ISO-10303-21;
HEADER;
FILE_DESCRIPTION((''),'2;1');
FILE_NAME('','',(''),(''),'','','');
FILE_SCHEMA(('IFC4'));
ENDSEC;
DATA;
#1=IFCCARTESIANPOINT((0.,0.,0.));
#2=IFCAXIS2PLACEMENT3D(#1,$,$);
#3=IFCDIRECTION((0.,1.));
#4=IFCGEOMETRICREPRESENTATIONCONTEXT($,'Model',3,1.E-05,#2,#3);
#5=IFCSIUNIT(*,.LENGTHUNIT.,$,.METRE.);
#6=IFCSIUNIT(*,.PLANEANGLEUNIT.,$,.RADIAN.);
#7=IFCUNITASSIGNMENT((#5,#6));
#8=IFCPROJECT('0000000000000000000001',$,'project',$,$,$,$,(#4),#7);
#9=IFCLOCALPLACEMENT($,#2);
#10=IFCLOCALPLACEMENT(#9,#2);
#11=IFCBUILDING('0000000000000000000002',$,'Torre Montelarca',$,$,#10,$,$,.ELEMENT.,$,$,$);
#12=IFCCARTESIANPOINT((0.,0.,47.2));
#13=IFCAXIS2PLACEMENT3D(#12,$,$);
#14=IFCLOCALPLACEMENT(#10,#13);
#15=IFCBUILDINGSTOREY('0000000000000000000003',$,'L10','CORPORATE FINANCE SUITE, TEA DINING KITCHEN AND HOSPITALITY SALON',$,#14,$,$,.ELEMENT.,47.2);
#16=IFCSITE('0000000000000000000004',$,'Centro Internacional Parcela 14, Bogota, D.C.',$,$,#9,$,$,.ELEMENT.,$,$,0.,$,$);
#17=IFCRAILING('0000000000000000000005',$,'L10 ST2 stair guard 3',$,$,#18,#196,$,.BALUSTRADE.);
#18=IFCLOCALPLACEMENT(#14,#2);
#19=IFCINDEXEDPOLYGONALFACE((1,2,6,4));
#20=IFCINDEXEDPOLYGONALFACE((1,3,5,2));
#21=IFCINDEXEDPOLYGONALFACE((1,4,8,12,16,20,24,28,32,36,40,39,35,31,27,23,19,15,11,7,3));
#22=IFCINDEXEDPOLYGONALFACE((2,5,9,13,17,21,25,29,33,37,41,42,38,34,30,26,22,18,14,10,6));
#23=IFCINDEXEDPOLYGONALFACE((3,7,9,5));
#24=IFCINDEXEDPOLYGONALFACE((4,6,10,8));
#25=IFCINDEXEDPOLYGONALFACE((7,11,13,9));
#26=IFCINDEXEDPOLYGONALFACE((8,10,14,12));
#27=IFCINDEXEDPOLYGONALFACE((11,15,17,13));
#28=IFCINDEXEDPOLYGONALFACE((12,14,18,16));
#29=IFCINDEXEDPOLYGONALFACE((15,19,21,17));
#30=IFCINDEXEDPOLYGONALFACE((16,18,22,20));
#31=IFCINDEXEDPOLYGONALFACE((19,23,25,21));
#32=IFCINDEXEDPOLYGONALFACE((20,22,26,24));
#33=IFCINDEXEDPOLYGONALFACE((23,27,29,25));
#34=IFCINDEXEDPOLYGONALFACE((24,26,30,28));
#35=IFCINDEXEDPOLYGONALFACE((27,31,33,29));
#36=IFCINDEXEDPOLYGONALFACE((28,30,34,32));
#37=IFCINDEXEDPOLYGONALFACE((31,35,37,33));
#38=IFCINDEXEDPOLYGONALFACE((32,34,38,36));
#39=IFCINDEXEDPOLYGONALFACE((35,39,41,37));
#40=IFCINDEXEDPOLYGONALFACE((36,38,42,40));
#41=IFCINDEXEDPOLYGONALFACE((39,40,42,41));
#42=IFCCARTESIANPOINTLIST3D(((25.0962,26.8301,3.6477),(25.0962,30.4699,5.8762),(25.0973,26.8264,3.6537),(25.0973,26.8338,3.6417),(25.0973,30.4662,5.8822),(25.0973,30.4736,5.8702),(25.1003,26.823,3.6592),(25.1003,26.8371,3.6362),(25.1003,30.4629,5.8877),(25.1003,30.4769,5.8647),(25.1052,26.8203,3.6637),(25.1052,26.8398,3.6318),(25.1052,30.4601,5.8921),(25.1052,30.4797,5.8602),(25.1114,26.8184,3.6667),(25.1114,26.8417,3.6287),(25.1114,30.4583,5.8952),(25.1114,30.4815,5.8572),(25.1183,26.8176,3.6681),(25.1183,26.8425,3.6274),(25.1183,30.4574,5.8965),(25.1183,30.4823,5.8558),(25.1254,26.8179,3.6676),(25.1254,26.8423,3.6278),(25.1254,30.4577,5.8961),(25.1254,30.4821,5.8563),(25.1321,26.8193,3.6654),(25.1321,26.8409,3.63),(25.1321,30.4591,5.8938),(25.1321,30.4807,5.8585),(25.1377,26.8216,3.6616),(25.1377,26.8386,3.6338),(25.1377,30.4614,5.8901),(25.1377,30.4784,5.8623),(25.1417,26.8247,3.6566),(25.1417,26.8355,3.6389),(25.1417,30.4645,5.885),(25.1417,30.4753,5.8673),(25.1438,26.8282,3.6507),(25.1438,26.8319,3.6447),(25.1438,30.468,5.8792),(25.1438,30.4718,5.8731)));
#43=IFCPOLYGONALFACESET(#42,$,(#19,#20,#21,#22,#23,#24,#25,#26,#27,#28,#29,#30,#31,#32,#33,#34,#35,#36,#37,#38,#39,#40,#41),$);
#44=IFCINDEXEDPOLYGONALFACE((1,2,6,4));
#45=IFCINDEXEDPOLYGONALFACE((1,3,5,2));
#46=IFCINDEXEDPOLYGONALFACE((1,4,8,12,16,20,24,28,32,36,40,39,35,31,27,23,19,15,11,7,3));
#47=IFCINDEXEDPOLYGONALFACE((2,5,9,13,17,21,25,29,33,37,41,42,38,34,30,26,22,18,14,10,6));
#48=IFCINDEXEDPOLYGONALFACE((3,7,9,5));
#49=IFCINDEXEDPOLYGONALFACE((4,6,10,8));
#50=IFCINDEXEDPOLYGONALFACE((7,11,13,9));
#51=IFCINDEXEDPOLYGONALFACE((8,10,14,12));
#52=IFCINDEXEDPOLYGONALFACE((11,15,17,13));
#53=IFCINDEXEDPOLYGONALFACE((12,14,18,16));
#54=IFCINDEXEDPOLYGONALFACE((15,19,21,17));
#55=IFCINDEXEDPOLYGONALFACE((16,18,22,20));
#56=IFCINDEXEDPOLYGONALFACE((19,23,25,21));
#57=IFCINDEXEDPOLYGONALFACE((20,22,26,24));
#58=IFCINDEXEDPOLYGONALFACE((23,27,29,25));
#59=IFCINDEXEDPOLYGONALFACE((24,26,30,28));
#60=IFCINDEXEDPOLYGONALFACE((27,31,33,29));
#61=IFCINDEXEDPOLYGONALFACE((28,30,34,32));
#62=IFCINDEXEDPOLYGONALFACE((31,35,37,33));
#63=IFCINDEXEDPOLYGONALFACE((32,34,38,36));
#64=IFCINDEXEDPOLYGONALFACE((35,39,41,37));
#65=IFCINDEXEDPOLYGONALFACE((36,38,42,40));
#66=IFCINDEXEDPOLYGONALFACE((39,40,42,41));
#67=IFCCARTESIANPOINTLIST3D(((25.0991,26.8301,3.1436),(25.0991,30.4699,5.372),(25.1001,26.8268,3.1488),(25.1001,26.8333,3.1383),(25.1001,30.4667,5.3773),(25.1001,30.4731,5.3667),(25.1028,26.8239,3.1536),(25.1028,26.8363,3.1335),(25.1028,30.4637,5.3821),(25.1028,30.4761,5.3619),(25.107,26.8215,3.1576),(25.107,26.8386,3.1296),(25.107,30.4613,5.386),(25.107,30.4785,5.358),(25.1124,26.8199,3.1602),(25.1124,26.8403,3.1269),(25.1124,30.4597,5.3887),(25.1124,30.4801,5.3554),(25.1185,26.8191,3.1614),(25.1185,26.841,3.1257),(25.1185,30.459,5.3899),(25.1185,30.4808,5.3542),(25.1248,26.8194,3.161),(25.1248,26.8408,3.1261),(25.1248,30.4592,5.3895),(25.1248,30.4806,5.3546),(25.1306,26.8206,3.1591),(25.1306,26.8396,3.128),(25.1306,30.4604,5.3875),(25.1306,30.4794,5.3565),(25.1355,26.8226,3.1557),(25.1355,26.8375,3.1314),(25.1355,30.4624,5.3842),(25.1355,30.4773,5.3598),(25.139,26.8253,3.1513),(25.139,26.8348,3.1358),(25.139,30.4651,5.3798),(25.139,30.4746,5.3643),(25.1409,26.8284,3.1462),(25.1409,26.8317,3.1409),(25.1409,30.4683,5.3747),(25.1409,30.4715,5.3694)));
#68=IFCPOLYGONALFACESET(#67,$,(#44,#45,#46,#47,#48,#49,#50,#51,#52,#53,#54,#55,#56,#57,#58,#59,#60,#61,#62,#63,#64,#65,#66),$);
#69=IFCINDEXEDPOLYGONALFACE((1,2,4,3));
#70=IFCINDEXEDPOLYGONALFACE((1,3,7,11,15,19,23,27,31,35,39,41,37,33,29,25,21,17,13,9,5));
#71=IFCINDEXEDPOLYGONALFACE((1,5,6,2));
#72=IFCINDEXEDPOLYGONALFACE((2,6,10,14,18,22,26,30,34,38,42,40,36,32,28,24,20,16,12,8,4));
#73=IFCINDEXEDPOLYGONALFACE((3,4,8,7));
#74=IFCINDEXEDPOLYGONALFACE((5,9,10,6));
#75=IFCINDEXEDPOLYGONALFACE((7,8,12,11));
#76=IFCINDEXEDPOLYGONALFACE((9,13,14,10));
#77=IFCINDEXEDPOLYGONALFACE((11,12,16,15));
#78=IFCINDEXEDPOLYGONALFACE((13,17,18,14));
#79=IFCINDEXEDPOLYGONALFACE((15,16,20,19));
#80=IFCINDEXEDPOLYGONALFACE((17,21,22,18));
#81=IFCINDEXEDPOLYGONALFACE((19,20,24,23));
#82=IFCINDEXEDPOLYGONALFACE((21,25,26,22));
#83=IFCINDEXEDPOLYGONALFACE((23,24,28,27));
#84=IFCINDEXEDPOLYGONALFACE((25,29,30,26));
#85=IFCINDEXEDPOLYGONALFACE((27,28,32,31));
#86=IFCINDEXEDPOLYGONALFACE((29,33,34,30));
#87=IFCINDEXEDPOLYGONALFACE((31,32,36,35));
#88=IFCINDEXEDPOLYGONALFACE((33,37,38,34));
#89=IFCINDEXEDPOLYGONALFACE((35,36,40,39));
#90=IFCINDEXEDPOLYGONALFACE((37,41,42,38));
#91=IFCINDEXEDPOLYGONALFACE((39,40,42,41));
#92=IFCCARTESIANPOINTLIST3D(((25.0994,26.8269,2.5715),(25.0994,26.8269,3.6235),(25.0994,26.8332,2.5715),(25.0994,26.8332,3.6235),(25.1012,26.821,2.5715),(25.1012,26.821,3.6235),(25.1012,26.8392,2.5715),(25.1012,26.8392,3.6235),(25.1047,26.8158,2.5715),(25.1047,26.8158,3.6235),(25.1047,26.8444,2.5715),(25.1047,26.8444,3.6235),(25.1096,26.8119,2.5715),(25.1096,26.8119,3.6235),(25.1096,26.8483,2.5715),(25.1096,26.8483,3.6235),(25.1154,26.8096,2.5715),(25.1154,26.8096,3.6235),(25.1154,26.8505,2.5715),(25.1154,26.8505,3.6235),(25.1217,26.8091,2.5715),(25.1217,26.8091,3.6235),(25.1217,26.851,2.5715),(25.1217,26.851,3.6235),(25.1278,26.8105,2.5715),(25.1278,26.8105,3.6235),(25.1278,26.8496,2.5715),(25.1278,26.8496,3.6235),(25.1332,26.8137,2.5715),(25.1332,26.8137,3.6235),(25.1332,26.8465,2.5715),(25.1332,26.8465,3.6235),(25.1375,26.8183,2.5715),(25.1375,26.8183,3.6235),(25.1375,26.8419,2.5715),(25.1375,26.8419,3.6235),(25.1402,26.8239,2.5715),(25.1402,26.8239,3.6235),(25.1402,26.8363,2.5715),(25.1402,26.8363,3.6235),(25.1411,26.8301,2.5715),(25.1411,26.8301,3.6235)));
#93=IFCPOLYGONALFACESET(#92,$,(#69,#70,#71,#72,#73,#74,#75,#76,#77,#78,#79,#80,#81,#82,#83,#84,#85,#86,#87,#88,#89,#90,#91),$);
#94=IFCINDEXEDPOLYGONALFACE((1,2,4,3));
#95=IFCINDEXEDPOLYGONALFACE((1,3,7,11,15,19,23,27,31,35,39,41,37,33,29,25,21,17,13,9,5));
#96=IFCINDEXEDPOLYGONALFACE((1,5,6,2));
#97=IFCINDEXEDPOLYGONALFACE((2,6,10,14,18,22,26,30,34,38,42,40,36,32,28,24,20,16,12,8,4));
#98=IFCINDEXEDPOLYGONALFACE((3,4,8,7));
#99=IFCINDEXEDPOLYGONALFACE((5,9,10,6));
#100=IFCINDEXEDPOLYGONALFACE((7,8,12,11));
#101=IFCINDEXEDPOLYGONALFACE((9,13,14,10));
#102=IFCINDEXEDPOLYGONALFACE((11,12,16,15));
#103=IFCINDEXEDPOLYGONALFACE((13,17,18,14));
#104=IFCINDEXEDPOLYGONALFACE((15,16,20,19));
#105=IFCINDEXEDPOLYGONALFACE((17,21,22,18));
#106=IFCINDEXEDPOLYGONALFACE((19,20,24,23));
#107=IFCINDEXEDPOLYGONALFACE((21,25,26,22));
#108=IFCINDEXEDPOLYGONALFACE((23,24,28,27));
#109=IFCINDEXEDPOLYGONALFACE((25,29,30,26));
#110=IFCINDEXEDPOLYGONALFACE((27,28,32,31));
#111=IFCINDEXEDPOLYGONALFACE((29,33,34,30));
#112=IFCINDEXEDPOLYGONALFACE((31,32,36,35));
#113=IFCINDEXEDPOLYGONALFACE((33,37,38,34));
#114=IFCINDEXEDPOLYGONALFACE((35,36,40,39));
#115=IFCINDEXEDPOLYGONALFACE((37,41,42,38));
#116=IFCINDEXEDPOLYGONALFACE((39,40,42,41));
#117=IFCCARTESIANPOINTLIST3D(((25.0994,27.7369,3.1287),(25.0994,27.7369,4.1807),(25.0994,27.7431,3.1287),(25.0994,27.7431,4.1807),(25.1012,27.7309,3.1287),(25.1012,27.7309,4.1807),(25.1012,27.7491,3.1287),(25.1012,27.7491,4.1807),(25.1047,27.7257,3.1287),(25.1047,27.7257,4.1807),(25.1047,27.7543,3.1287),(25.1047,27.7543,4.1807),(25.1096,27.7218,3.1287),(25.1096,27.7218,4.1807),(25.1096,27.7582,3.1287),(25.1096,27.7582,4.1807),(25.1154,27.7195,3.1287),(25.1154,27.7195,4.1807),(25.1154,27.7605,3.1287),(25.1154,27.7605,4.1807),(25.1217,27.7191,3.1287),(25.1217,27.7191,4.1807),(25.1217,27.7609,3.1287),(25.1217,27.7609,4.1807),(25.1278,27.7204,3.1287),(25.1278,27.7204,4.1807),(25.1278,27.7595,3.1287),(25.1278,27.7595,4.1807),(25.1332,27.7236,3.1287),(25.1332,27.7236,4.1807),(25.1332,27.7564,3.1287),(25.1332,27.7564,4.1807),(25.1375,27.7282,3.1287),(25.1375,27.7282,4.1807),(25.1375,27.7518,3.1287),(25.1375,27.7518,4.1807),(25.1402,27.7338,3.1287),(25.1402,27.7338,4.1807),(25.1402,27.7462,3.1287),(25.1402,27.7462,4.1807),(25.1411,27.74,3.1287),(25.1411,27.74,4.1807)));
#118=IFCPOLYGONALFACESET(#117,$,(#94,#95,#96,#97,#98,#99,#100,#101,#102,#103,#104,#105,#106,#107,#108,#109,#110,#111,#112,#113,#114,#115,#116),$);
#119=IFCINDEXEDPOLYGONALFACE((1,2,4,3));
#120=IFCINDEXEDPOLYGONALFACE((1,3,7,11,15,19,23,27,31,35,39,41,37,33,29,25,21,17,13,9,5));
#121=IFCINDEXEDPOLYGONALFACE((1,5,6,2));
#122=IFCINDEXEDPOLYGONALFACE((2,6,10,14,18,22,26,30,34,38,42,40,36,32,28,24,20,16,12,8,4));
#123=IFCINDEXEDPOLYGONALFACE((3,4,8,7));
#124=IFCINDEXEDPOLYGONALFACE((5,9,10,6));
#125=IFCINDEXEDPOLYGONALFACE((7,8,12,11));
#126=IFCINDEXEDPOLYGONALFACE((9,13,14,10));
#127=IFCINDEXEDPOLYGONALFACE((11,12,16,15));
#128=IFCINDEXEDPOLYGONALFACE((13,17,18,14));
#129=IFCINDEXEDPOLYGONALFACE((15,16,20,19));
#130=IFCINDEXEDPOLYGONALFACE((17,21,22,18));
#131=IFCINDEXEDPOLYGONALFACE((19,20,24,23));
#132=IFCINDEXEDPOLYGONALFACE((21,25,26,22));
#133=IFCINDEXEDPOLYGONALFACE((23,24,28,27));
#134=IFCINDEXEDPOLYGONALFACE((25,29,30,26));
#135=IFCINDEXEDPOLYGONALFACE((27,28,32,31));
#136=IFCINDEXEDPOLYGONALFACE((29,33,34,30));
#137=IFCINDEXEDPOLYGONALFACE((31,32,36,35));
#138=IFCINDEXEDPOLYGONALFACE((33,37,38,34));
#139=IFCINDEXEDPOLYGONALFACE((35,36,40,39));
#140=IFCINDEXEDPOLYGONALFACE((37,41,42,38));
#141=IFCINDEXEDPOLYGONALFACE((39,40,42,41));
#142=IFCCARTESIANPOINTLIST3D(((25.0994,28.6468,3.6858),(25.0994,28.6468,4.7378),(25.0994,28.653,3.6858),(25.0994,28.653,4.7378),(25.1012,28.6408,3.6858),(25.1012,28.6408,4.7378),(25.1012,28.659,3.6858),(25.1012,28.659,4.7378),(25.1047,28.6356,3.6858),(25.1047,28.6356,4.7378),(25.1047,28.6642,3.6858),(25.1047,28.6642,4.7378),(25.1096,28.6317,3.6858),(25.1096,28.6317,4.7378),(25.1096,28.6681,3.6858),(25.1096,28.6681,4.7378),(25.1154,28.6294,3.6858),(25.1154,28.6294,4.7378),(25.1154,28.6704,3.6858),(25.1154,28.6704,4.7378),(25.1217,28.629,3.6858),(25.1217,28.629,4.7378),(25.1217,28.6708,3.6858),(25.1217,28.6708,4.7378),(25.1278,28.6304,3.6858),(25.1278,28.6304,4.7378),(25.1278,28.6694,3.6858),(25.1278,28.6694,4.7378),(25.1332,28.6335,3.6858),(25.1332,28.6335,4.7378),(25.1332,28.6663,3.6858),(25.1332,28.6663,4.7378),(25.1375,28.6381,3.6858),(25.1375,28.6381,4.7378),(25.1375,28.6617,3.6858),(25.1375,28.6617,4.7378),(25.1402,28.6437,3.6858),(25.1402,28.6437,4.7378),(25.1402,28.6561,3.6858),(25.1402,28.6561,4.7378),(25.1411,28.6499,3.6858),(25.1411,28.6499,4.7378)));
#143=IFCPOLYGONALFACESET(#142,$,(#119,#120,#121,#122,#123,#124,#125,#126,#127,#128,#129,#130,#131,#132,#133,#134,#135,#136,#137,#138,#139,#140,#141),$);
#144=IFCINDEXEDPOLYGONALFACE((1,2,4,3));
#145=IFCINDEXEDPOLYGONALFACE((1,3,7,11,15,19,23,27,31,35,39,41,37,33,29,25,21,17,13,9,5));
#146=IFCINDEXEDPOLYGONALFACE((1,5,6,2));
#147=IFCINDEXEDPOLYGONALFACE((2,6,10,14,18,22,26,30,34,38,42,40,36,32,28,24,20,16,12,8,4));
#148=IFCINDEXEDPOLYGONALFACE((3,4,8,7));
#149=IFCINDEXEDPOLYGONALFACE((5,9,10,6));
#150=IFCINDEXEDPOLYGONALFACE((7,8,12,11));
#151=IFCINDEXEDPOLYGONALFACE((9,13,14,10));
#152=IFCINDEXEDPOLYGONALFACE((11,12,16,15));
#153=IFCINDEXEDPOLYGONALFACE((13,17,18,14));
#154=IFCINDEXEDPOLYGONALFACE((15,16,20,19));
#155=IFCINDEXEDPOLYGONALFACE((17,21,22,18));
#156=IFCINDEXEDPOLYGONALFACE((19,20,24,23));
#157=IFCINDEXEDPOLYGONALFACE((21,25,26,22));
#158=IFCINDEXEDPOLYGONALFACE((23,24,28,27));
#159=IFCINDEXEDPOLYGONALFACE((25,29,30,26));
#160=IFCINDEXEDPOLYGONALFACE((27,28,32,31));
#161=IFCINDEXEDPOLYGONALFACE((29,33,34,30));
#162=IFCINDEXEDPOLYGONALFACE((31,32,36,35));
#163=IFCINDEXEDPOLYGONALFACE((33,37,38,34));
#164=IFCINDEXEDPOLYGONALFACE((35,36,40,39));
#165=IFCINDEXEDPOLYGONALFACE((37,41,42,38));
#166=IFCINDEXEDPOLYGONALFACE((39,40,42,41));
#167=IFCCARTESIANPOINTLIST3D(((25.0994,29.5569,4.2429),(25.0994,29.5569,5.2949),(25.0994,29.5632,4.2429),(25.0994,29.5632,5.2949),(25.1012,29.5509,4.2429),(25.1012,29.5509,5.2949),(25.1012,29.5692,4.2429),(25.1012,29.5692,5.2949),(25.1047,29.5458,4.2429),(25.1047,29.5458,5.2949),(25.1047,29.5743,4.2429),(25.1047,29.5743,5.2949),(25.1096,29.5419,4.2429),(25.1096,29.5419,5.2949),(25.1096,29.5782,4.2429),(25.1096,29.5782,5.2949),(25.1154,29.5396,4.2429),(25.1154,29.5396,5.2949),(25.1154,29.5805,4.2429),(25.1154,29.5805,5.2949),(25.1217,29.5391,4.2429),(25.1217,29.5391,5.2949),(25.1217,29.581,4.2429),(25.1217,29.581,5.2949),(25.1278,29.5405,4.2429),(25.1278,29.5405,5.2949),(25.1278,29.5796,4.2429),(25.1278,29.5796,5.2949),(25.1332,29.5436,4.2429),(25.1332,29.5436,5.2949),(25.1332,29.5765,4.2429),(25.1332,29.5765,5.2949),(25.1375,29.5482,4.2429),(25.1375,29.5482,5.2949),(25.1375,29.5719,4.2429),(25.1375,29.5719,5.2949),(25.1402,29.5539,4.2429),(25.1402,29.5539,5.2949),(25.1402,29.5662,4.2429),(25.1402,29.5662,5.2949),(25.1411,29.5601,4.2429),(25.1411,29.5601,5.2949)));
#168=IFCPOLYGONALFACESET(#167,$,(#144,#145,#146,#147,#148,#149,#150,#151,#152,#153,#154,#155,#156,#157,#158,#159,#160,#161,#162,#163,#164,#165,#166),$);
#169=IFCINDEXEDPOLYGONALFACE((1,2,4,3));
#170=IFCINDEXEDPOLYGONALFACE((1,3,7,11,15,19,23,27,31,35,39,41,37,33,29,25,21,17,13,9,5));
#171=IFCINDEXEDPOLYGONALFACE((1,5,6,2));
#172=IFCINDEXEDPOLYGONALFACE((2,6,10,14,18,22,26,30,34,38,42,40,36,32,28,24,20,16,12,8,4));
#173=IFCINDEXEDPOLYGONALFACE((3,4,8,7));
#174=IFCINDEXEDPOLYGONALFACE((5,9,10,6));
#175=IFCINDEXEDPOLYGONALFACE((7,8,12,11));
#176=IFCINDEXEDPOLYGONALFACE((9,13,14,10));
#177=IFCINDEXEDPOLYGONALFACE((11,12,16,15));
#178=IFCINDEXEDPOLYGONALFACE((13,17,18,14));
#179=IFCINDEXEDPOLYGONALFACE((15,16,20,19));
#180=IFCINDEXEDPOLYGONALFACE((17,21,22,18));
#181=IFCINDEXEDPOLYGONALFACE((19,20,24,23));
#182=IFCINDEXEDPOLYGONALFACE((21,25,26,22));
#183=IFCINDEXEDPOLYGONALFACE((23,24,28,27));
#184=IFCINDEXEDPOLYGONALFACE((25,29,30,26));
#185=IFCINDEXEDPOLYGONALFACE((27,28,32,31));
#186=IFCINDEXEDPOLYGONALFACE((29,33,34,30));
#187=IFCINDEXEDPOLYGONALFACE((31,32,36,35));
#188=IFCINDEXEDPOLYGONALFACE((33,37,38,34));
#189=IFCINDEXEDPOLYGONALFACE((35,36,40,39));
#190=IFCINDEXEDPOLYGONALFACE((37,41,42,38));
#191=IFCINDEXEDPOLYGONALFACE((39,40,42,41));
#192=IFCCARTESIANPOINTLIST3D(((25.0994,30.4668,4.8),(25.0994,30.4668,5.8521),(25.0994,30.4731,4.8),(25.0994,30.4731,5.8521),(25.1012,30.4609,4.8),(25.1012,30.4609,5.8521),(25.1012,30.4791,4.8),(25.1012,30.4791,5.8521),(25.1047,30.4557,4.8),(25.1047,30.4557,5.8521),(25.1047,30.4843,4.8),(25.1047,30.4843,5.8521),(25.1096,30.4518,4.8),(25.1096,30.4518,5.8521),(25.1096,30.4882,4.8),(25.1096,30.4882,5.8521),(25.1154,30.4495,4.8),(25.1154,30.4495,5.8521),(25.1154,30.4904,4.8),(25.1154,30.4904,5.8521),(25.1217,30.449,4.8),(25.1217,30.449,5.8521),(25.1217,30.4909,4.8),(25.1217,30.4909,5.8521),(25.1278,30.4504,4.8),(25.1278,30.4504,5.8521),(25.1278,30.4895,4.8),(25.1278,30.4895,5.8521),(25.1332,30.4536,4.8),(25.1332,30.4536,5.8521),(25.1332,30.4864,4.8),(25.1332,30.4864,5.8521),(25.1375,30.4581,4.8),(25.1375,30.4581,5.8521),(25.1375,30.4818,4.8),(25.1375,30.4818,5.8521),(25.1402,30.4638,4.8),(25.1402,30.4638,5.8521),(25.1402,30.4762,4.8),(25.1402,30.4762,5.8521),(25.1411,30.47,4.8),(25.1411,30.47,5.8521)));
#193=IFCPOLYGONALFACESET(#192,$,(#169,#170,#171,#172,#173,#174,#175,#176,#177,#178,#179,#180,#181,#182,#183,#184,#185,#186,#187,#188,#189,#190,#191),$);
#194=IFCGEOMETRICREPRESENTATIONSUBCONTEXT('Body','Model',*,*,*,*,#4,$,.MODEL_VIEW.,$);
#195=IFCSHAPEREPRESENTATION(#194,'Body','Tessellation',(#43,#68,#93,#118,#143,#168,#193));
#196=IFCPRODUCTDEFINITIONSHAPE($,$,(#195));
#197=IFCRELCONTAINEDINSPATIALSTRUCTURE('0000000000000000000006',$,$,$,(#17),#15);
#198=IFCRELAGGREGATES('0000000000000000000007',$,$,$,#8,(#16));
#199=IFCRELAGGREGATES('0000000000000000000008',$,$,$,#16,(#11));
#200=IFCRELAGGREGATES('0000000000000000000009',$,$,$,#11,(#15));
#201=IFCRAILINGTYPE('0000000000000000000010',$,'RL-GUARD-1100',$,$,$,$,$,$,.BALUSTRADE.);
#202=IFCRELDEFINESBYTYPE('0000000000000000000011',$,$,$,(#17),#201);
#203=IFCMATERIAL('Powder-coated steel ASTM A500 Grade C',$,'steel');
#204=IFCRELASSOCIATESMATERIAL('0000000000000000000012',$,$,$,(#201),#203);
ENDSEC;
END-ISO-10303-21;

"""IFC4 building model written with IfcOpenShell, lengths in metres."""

from ifc_helpers import new_model, si_unit, direction, frame, origin, origin_2d, place, context, subcontext, project, spatial, circle, extrude, material, type_object, element, save


model = new_model("IFC4")

# Units and contexts
model_context = context("Model", 3, precision=1e-05, world=origin(), true_north=direction((0.0, 1.0)))
body_context = subcontext(model_context, "Body", "Model", "MODEL_VIEW")
ifc_project = project(units=[si_unit("LENGTHUNIT", "METRE"), si_unit("PLANEANGLEUNIT", "RADIAN")], contexts=[model_context])

# Site, building, storey
site_placement = place(None, origin())
site = spatial("IfcSite", under=ifc_project, at=site_placement, Name="Centro Internacional Parcela 14, Bogota, D.C.", CompositionType="ELEMENT", RefElevation=0.0)
building_placement = place(site_placement, origin())
building = spatial("IfcBuilding", under=site, at=building_placement, Name="Torre Montelarca", CompositionType="ELEMENT")
storey_placement = place(building_placement, frame((0.0, 0.0, 47.2)))
storey = spatial("IfcBuildingStorey", under=building, at=storey_placement, Name="L10", Description="CORPORATE FINANCE SUITE, TEA DINING KITCHEN AND HOSPITALITY SALON", CompositionType="ELEMENT", Elevation=47.2)

# Railing
ifc_material_1 = material(Name="Powder-coated steel ASTM A500 Grade C", Category="steel")
railing_type_1 = type_object("IfcRailingType", Name="RL-GUARD-1100", PredefinedType="BALUSTRADE", material=ifc_material_1)
railing_1_placement = place(storey_placement, frame((25.1201, 26.8301, 2.5715)))
element("IfcRailing", 1, at=railing_1_placement, inside=storey, type_object=railing_type_1, Name="L10 ST2 stair guard 3", PredefinedType="BALUSTRADE", context=body_context, shape_type="SweptSolid", body=[
    extrude(circle(Radius=0.0239, at=origin_2d()), frame((0.0, 0.0, 1.0762), z_axis=(0.0, 0.85285, 0.522156), x_axis=(-1.0, 0.0, 0.0)), (0.0, 0.0, 1.0), 4.2678),
    extrude(circle(Radius=0.021, at=origin_2d()), frame((0.0, 0.0, 0.572), z_axis=(0.0, 0.85285, 0.522156), x_axis=(-1.0, 0.0, 0.0)), (0.0, 0.0, 1.0), 4.2678),
    extrude(circle(Radius=0.021, at=origin_2d()), origin(), (0.0, 0.0, 1.0), 1.052),
    extrude(circle(Radius=0.021, at=origin_2d()), frame((0.0, 0.9099, 0.5571)), (0.0, 0.0, 1.0), 1.052),
    extrude(circle(Radius=0.021, at=origin_2d()), frame((0.0, 1.8198, 1.1143)), (0.0, 0.0, 1.0), 1.052),
    extrude(circle(Radius=0.021, at=origin_2d()), frame((0.0, 2.73, 1.6714)), (0.0, 0.0, 1.0), 1.052),
    extrude(circle(Radius=0.021, at=origin_2d()), frame((0.0, 3.6399, 2.2285)), (0.0, 0.0, 1.0), 1.052),
])

save(model, "model.ifc")
